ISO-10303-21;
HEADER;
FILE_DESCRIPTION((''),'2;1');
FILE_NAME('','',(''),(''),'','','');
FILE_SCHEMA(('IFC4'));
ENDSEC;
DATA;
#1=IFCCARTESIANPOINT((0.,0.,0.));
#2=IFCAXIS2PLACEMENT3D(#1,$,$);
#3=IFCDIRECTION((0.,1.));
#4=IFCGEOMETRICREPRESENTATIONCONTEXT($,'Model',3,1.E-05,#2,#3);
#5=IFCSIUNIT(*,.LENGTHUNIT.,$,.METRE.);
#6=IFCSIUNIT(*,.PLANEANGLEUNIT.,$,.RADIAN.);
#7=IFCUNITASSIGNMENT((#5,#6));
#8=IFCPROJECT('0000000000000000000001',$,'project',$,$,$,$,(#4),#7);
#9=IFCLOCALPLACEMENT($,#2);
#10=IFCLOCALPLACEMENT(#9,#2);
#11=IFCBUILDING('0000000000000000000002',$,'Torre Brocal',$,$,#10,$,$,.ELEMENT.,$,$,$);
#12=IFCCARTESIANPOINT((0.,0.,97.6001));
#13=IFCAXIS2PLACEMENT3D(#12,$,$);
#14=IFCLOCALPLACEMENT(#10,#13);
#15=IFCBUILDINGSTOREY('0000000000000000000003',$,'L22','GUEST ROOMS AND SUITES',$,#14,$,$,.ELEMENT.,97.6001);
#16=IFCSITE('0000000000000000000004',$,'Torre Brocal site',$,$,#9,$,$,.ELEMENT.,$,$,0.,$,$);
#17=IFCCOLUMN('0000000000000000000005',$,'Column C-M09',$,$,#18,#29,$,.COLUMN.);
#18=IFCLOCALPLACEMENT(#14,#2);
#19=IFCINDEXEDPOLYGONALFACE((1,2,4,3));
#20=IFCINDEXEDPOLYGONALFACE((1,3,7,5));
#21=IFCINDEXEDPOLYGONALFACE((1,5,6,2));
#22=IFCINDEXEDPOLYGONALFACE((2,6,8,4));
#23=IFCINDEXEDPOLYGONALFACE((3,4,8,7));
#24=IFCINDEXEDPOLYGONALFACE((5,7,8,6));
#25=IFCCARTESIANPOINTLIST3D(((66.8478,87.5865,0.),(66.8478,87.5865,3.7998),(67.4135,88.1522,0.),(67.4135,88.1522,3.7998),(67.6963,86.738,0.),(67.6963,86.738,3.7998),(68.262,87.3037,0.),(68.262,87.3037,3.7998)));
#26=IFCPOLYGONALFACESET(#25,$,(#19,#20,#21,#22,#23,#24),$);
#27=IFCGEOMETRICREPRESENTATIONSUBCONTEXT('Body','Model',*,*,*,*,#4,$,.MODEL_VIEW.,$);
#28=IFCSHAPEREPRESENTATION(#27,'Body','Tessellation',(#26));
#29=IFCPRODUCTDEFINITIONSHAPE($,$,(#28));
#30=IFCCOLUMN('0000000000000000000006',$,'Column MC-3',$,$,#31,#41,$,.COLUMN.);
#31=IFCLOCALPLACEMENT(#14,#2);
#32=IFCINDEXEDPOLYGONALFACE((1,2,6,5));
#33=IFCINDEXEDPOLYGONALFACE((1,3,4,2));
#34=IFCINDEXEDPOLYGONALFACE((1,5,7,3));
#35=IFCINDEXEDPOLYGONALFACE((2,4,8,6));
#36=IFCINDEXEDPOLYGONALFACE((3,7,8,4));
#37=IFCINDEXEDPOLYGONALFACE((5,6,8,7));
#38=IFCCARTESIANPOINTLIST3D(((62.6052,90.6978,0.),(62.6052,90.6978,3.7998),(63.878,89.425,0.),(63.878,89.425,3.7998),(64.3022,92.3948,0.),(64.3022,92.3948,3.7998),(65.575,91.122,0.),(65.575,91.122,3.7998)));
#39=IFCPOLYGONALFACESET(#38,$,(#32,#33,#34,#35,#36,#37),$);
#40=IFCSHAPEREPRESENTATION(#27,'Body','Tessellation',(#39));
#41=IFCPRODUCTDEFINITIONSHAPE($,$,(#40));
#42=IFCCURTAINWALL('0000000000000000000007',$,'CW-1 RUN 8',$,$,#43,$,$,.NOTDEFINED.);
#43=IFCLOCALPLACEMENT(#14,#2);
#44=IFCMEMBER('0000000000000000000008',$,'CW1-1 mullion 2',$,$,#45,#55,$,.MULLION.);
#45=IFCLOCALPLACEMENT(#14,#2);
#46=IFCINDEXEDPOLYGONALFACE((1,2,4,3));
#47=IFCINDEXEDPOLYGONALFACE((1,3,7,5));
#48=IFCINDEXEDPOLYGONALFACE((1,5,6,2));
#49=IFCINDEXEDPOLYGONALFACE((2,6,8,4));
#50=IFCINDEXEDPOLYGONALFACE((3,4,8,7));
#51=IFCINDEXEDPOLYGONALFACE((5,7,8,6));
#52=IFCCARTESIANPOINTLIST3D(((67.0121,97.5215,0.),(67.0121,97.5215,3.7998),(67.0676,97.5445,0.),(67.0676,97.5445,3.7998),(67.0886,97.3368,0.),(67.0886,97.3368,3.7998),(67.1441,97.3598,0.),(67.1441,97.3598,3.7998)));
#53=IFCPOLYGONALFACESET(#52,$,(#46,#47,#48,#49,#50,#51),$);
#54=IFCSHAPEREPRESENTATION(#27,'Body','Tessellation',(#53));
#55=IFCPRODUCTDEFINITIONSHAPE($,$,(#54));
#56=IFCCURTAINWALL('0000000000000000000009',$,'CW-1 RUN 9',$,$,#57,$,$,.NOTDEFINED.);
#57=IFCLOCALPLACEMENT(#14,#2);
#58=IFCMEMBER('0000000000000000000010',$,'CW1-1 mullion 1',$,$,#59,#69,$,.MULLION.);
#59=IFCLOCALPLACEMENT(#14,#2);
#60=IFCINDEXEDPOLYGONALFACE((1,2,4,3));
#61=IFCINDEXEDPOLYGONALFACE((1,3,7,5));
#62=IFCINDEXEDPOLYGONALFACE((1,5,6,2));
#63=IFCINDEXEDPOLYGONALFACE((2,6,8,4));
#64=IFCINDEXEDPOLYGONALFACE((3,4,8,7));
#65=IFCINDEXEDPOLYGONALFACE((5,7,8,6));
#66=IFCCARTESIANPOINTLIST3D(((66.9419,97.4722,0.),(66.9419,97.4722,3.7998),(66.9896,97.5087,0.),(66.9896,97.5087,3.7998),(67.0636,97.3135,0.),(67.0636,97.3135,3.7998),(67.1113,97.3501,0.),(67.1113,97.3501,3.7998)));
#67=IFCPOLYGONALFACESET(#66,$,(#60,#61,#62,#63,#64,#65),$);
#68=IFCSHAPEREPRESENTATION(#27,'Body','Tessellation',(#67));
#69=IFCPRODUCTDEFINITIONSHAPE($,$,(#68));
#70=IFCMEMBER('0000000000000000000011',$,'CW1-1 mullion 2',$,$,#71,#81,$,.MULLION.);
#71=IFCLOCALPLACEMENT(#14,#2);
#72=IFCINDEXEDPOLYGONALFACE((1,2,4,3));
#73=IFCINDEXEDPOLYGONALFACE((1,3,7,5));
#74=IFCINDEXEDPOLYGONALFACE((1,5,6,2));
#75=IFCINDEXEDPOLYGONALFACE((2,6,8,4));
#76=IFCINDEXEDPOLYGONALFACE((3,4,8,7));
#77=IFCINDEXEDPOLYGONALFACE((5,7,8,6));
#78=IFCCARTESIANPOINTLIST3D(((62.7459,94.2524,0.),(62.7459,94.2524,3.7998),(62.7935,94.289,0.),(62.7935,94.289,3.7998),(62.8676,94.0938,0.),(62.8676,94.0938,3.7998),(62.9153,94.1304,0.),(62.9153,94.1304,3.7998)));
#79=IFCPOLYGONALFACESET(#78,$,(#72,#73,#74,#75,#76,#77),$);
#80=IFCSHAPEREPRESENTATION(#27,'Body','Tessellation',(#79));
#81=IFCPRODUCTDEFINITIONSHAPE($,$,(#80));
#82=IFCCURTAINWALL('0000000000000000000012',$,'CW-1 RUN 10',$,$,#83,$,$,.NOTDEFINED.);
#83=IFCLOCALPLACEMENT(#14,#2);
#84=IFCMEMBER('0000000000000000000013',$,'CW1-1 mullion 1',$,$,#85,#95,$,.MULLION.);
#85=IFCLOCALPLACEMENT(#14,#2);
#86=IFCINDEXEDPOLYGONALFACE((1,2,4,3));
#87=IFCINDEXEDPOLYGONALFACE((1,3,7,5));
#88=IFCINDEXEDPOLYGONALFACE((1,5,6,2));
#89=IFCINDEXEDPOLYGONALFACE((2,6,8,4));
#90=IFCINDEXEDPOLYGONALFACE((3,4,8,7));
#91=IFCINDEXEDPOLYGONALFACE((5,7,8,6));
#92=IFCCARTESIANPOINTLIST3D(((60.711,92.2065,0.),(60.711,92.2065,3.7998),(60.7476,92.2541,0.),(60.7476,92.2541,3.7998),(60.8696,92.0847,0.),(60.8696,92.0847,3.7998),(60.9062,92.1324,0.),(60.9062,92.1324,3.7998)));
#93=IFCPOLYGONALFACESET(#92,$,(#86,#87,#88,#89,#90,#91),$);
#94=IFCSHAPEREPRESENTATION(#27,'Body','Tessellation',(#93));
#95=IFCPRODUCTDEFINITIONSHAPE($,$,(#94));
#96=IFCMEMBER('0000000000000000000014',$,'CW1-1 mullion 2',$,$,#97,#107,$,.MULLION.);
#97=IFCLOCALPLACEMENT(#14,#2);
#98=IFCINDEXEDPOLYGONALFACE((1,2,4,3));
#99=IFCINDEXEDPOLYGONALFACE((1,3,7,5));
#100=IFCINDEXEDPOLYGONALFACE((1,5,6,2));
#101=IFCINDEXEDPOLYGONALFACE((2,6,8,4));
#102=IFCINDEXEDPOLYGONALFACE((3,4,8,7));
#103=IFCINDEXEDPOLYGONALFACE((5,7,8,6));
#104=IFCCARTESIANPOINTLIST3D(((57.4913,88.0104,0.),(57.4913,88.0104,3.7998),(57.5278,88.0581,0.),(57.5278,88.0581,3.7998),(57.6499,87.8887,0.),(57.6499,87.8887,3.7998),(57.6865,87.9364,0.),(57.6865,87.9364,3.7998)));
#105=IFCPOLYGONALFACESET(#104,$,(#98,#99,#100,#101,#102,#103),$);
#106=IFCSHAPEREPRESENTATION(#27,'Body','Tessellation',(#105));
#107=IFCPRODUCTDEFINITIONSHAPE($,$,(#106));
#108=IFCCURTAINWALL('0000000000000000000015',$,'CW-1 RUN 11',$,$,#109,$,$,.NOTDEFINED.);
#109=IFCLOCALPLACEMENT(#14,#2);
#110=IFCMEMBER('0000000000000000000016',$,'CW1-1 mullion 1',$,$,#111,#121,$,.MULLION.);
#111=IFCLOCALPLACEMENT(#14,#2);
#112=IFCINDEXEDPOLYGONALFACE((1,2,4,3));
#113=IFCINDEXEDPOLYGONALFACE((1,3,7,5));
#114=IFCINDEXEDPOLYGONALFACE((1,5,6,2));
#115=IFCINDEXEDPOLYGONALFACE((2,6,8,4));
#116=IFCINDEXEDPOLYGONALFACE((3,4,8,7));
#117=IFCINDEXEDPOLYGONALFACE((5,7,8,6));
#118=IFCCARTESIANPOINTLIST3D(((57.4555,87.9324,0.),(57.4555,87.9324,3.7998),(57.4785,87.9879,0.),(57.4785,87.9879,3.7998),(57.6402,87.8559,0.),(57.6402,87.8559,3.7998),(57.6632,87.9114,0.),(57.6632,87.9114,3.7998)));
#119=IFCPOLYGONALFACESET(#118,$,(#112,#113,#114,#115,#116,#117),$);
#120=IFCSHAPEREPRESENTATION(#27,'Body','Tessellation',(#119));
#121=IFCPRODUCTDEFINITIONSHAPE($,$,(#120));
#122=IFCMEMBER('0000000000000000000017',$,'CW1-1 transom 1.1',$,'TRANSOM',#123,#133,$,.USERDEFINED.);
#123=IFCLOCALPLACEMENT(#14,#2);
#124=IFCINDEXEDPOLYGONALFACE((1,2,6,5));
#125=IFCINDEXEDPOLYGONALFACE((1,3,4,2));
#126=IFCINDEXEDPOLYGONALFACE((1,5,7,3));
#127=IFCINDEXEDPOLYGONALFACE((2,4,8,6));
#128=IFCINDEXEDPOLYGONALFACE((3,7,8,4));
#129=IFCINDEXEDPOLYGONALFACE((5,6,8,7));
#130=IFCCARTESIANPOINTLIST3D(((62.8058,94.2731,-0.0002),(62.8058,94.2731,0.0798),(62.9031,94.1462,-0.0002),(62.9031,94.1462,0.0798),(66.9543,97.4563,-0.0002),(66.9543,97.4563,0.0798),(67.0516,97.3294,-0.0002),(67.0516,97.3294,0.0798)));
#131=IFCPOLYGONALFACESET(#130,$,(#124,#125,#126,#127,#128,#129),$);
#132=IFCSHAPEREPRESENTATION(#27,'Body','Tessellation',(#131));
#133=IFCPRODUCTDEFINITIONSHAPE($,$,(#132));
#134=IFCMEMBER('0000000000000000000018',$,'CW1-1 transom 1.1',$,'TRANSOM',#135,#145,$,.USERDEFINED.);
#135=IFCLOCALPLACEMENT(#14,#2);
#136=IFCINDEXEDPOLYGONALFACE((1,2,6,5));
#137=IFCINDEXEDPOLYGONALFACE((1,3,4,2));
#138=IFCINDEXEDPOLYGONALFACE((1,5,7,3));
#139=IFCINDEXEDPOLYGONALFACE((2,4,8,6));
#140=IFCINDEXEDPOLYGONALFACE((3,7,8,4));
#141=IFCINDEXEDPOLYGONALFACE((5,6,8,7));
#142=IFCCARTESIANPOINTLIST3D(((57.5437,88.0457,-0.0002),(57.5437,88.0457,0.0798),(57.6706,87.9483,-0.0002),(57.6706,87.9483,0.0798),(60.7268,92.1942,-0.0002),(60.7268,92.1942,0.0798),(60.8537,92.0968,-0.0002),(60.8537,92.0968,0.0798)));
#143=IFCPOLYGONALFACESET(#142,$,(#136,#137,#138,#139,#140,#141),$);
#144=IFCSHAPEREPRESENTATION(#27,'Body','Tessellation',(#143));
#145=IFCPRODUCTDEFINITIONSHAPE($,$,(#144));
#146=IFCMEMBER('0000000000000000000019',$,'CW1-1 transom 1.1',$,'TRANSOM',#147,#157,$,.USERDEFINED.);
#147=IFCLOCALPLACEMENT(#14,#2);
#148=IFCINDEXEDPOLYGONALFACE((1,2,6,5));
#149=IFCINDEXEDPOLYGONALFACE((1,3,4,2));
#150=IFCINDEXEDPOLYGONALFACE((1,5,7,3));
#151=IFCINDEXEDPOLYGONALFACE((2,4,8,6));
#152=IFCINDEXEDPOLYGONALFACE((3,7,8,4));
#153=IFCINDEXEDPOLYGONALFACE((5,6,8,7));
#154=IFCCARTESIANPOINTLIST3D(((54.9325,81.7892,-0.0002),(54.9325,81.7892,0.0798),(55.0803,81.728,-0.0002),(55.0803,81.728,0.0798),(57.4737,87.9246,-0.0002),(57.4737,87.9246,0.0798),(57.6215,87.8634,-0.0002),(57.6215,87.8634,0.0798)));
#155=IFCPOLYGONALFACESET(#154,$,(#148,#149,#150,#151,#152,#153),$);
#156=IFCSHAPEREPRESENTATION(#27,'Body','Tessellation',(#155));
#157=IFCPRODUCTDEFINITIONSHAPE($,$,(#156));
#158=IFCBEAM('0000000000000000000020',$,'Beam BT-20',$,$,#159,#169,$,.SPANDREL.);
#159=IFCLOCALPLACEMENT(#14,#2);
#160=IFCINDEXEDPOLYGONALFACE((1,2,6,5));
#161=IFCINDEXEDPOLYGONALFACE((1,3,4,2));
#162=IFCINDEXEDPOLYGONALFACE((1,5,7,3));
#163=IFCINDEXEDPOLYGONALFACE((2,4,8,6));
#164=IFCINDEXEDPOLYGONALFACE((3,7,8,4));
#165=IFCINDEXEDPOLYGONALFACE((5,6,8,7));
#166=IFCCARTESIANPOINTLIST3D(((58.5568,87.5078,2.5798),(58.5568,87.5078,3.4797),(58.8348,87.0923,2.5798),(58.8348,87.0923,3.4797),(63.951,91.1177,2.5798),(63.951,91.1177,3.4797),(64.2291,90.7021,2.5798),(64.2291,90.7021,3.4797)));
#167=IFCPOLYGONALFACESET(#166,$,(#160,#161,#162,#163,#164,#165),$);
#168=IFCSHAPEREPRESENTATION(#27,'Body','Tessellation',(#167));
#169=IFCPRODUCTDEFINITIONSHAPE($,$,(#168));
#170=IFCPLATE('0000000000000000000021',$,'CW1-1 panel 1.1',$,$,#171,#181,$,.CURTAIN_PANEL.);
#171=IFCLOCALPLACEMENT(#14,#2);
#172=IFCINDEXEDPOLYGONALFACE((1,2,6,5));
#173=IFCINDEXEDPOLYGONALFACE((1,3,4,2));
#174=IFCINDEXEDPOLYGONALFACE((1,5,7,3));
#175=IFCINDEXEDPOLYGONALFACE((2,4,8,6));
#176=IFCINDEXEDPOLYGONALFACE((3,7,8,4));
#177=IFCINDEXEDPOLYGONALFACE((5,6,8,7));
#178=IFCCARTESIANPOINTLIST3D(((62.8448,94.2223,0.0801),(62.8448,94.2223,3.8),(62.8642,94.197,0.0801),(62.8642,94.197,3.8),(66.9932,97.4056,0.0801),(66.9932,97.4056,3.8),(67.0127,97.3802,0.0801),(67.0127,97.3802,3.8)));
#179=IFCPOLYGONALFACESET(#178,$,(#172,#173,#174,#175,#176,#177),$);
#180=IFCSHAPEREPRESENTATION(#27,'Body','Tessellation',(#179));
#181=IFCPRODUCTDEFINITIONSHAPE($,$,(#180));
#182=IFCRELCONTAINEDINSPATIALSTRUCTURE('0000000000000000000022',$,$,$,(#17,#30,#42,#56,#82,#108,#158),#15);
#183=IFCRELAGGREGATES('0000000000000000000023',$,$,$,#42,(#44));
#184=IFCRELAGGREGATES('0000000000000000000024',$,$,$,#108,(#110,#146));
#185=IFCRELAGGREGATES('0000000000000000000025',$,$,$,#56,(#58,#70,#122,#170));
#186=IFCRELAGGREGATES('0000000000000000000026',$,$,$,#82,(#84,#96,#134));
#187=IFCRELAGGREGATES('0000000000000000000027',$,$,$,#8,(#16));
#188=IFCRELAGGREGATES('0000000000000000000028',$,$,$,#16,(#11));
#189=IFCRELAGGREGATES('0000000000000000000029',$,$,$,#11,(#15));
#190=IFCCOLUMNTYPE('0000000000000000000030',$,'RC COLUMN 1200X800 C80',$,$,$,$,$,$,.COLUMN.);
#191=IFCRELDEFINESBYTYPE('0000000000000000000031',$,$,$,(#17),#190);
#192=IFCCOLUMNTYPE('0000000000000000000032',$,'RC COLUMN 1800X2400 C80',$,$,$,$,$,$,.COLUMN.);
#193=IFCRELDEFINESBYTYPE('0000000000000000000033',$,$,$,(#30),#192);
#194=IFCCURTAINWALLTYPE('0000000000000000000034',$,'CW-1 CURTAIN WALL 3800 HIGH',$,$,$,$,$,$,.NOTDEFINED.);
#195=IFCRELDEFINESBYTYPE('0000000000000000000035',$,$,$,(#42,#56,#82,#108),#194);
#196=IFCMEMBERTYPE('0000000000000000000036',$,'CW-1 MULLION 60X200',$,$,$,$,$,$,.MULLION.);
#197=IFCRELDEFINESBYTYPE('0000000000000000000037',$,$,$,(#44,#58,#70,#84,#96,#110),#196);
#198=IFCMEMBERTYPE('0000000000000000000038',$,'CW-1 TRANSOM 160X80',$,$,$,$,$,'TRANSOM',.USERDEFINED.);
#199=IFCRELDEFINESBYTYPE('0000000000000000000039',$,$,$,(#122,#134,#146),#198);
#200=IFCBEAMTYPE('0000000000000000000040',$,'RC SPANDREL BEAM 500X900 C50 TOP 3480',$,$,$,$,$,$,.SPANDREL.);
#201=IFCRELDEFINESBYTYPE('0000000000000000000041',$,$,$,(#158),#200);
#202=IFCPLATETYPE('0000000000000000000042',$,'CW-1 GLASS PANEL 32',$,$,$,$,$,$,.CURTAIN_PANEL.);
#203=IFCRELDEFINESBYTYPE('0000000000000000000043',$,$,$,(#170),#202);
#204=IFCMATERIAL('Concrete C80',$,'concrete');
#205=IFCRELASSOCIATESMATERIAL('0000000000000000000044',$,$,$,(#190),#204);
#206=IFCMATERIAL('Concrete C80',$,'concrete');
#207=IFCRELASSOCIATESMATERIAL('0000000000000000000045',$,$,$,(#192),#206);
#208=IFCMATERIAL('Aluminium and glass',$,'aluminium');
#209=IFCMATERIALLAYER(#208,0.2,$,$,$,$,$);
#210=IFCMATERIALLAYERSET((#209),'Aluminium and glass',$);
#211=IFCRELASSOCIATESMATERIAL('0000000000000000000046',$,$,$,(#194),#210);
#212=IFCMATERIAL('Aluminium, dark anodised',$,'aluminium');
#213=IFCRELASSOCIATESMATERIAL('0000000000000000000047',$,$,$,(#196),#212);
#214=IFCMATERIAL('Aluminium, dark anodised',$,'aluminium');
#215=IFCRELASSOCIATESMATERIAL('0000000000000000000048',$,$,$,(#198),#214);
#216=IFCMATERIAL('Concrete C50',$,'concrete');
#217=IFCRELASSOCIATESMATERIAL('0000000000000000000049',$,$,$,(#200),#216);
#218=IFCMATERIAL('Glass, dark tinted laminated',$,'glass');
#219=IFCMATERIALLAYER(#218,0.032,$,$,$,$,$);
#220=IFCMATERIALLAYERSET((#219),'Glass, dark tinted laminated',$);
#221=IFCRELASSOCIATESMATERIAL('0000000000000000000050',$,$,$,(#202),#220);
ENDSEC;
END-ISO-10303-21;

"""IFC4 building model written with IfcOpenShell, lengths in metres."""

from ifc_helpers import new_model, si_unit, direction, frame, origin, origin_2d, place, context, subcontext, project, spatial, rectangle, extrude, material, layer, layer_set, material_profile, profile_set, type_object, element, aggregate, save


model = new_model("IFC4")

# Units and contexts
model_context = context("Model", 3, precision=1e-05, world=origin(), true_north=direction((0.0, 1.0)))
body_context = subcontext(model_context, "Body", "Model", "MODEL_VIEW")
ifc_project = project(units=[si_unit("LENGTHUNIT", "METRE"), si_unit("PLANEANGLEUNIT", "RADIAN")], contexts=[model_context])

# Site, building, storey
site_placement = place(None, origin())
site = spatial("IfcSite", under=ifc_project, at=site_placement, Name="Torre Brocal site", CompositionType="ELEMENT", RefElevation=0.0)
building_placement = place(site_placement, origin())
building = spatial("IfcBuilding", under=site, at=building_placement, Name="Torre Brocal", CompositionType="ELEMENT")
storey_placement = place(building_placement, frame((0.0, 0.0, 97.6001)))
storey = spatial("IfcBuildingStorey", under=building, at=storey_placement, Name="L22", Description="GUEST ROOMS AND SUITES", CompositionType="ELEMENT", Elevation=97.6001)

# Columns
ifc_material_1 = material(Name="Concrete C80", Category="concrete")
ifc_material_profile_1 = material_profile(ifc_material_1, rectangle(XDim=1.2, YDim=0.8, at=origin_2d()), Name="RC 1200X800")
ifc_profile_set_1 = profile_set([ifc_material_profile_1], Name="Concrete C80")
column_type_1 = type_object("IfcColumnType", Name="RC COLUMN 1200X800 C80", PredefinedType="COLUMN", material=ifc_profile_set_1)
column_1_placement = place(storey_placement, frame((67.5549, 87.4451, 0.0), z_axis=(0.0, 0.0, 1.0), x_axis=(-0.707107, 0.707107, 0.0)))
element("IfcColumn", 1, at=column_1_placement, inside=storey, type_object=column_type_1, Name="Column C-M09", PredefinedType="COLUMN", context=body_context, shape_type="SweptSolid", body=[
    extrude(rectangle(XDim=1.2, YDim=0.8, at=origin_2d()), origin(), (0.0, 0.0, 1.0), 3.7998),
])
ifc_material_2 = material(Name="Concrete C80", Category="concrete")
ifc_material_profile_2 = material_profile(ifc_material_2, rectangle(XDim=1.8, YDim=2.3999, at=origin_2d()), Name="RC 1800X2400")
ifc_profile_set_2 = profile_set([ifc_material_profile_2], Name="Concrete C80")
column_type_2 = type_object("IfcColumnType", Name="RC COLUMN 1800X2400 C80", PredefinedType="COLUMN", material=ifc_profile_set_2)
column_2_placement = place(storey_placement, frame((64.0901, 90.9099, 0.0), z_axis=(0.0, 0.0, 1.0), x_axis=(-0.707107, 0.707107, 0.0)))
element("IfcColumn", 2, at=column_2_placement, inside=storey, type_object=column_type_2, Name="Column MC-3", PredefinedType="COLUMN", context=body_context, shape_type="SweptSolid", body=[
    extrude(rectangle(XDim=1.8, YDim=2.3999, at=origin_2d()), origin(), (0.0, 0.0, 1.0), 3.7998),
])

# Curtain wall, member
ifc_material_3 = material(Name="Aluminium and glass", Category="aluminium")
ifc_layer_1 = layer(ifc_material_3, 0.2)
ifc_layer_set_1 = layer_set([ifc_layer_1], Name="Aluminium and glass")
curtain_wall_type = type_object("IfcCurtainWallType", Name="CW-1 CURTAIN WALL 3800 HIGH", PredefinedType="NOTDEFINED", material=ifc_layer_set_1)
curtain_wall_1_placement = place(storey_placement, origin())
curtain_wall_1 = element("IfcCurtainWall", 3, at=curtain_wall_1_placement, inside=storey, type_object=curtain_wall_type, Name="CW-1 RUN 8", PredefinedType="NOTDEFINED")
ifc_material_4 = material(Name="Aluminium, dark anodised", Category="aluminium")
ifc_material_profile_3 = material_profile(ifc_material_4, rectangle(XDim=0.2, YDim=0.0601, at=origin_2d()), Name="CW-1 MULLION 60X200")
ifc_profile_set_3 = profile_set([ifc_material_profile_3], Name="Aluminium, dark anodised")
member_type_1 = type_object("IfcMemberType", Name="CW-1 MULLION 60X200", PredefinedType="MULLION", material=ifc_profile_set_3)
member_1_placement = place(storey_placement, frame((67.0781, 97.4407, 0.0), z_axis=(0.0, 0.0, 1.0), x_axis=(0.382683, -0.92388, 0.0)))
member_1 = element("IfcMember", 4, at=member_1_placement, type_object=member_type_1, Name="CW1-1 mullion 2", PredefinedType="MULLION", context=body_context, shape_type="SweptSolid", body=[
    extrude(rectangle(XDim=0.2, YDim=0.0601, at=origin_2d()), origin(), (0.0, 0.0, 1.0), 3.7998),
])
aggregate(curtain_wall_1, [member_1])

# Curtain walls, members
curtain_wall_2_placement = place(storey_placement, origin())
curtain_wall_2 = element("IfcCurtainWall", 5, at=curtain_wall_2_placement, inside=storey, type_object=curtain_wall_type, Name="CW-1 RUN 9", PredefinedType="NOTDEFINED")
member_2_placement = place(storey_placement, frame((67.0266, 97.4111, 0.0), z_axis=(0.0, 0.0, 1.0), x_axis=(0.608761, -0.793353, 0.0)))
member_2 = element("IfcMember", 6, at=member_2_placement, type_object=member_type_1, Name="CW1-1 mullion 1", PredefinedType="MULLION", context=body_context, shape_type="SweptSolid", body=[
    extrude(rectangle(XDim=0.2, YDim=0.0601, at=origin_2d()), origin(), (0.0, 0.0, 1.0), 3.7998),
])
member_3_placement = place(storey_placement, frame((62.8306, 94.1914, 0.0), z_axis=(0.0, 0.0, 1.0), x_axis=(0.608761, -0.793353, 0.0)))
member_3 = element("IfcMember", 7, at=member_3_placement, type_object=member_type_1, Name="CW1-1 mullion 2", PredefinedType="MULLION", context=body_context, shape_type="SweptSolid", body=[
    extrude(rectangle(XDim=0.2, YDim=0.0601, at=origin_2d()), origin(), (0.0, 0.0, 1.0), 3.7998),
])
curtain_wall_3_placement = place(storey_placement, origin())
curtain_wall_3 = element("IfcCurtainWall", 8, at=curtain_wall_3_placement, inside=storey, type_object=curtain_wall_type, Name="CW-1 RUN 10", PredefinedType="NOTDEFINED")
member_4_placement = place(storey_placement, frame((60.8086, 92.1694, 0.0), z_axis=(0.0, 0.0, 1.0), x_axis=(0.793353, -0.608761, 0.0)))
member_4 = element("IfcMember", 9, at=member_4_placement, type_object=member_type_1, Name="CW1-1 mullion 1", PredefinedType="MULLION", context=body_context, shape_type="SweptSolid", body=[
    extrude(rectangle(XDim=0.2, YDim=0.0601, at=origin_2d()), origin(), (0.0, 0.0, 1.0), 3.7998),
])
member_5_placement = place(storey_placement, frame((57.5889, 87.9734, 0.0), z_axis=(0.0, 0.0, 1.0), x_axis=(0.793353, -0.608761, 0.0)))
member_5 = element("IfcMember", 10, at=member_5_placement, type_object=member_type_1, Name="CW1-1 mullion 2", PredefinedType="MULLION", context=body_context, shape_type="SweptSolid", body=[
    extrude(rectangle(XDim=0.2, YDim=0.0601, at=origin_2d()), origin(), (0.0, 0.0, 1.0), 3.7998),
])

# Curtain wall, member
curtain_wall_4_placement = place(storey_placement, origin())
curtain_wall_4 = element("IfcCurtainWall", 11, at=curtain_wall_4_placement, inside=storey, type_object=curtain_wall_type, Name="CW-1 RUN 11", PredefinedType="NOTDEFINED")
member_6_placement = place(storey_placement, frame((57.5593, 87.9219, 0.0), z_axis=(0.0, 0.0, 1.0), x_axis=(0.92388, -0.382683, 0.0)))
member_6 = element("IfcMember", 12, at=member_6_placement, type_object=member_type_1, Name="CW1-1 mullion 1", PredefinedType="MULLION", context=body_context, shape_type="SweptSolid", body=[
    extrude(rectangle(XDim=0.2, YDim=0.0601, at=origin_2d()), origin(), (0.0, 0.0, 1.0), 3.7998),
])

# Members
ifc_material_5 = material(Name="Aluminium, dark anodised", Category="aluminium")
ifc_material_profile_4 = material_profile(ifc_material_5, rectangle(XDim=0.1599, YDim=0.0801, at=origin_2d()), Name="CW-1 TRANSOM 160X80")
ifc_profile_set_4 = profile_set([ifc_material_profile_4], Name="Aluminium, dark anodised")
member_type_2 = type_object("IfcMemberType", Name="CW-1 TRANSOM 160X80", ElementType="TRANSOM", PredefinedType="USERDEFINED", material=ifc_profile_set_4)
member_7_placement = place(storey_placement, frame((67.0029, 97.3928, 0.0398), z_axis=(-0.793363, -0.608749, 0.0), x_axis=(0.608749, -0.793363, 0.0)))
member_7 = element("IfcMember", 13, at=member_7_placement, type_object=member_type_2, Name="CW1-1 transom 1.1", ObjectType="TRANSOM", PredefinedType="USERDEFINED", context=body_context, shape_type="SweptSolid", body=[
    extrude(rectangle(XDim=0.1599, YDim=0.0801, at=origin_2d()), origin(), (0.0, 0.0, 1.0), 5.229),
])
member_8_placement = place(storey_placement, frame((60.7903, 92.1455, 0.0398), z_axis=(-0.608749, -0.793363, 0.0), x_axis=(0.793363, -0.608749, 0.0)))
member_8 = element("IfcMember", 14, at=member_8_placement, type_object=member_type_2, Name="CW1-1 transom 1.1", ObjectType="TRANSOM", PredefinedType="USERDEFINED", context=body_context, shape_type="SweptSolid", body=[
    extrude(rectangle(XDim=0.1599, YDim=0.0801, at=origin_2d()), origin(), (0.0, 0.0, 1.0), 5.229),
])
member_9_placement = place(storey_placement, frame((57.5476, 87.894, 0.0398), z_axis=(-0.382665, -0.923887, 0.0), x_axis=(0.923887, -0.382665, 0.0)))
member_9 = element("IfcMember", 15, at=member_9_placement, type_object=member_type_2, Name="CW1-1 transom 1.1", ObjectType="TRANSOM", PredefinedType="USERDEFINED", context=body_context, shape_type="SweptSolid", body=[
    extrude(rectangle(XDim=0.1599, YDim=0.0801, at=origin_2d()), origin(), (0.0, 0.0, 1.0), 6.6409),
])
aggregate(curtain_wall_4, [member_6, member_9])

# Beam
ifc_material_6 = material(Name="Concrete C50", Category="concrete")
ifc_material_profile_5 = material_profile(ifc_material_6, rectangle(XDim=0.5, YDim=0.8999, at=origin_2d()), Name="RC 500X900")
ifc_profile_set_5 = profile_set([ifc_material_profile_5], Name="Concrete C50")
beam_type = type_object("IfcBeamType", Name="RC SPANDREL BEAM 500X900 C50 TOP 3480", PredefinedType="SPANDREL", material=ifc_profile_set_5)
beam_placement = place(storey_placement, frame((64.0901, 90.9099, 3.0298), z_axis=(-0.831077, -0.556158, 0.0), x_axis=(0.556158, -0.831077, 0.0)))
element("IfcBeam", 16, at=beam_placement, inside=storey, type_object=beam_type, Name="Beam BT-20", PredefinedType="SPANDREL", context=body_context, shape_type="SweptSolid", body=[
    extrude(rectangle(XDim=0.5, YDim=0.8999, at=origin_2d()), origin(), (0.0, 0.0, 1.0), 6.4907),
])

# Plate
ifc_material_7 = material(Name="Glass, dark tinted laminated", Category="glass")
ifc_layer_2 = layer(ifc_material_7, 0.032)
ifc_layer_set_2 = layer_set([ifc_layer_2], Name="Glass, dark tinted laminated")
plate_type = type_object("IfcPlateType", Name="CW-1 GLASS PANEL 32", PredefinedType="CURTAIN_PANEL", material=ifc_layer_set_2)
plate_1_placement = place(storey_placement, frame((64.9287, 95.8013, 0.0801), z_axis=(0.0, 0.0, 1.0), x_axis=(-0.793353, -0.608761, 0.0)))
plate_1 = element("IfcPlate", 17, at=plate_1_placement, type_object=plate_type, Name="CW1-1 panel 1.1", PredefinedType="CURTAIN_PANEL", context=body_context, shape_type="SweptSolid", body=[
    extrude(rectangle(XDim=5.229, YDim=0.032, at=origin_2d()), origin(), (0.0, 0.0, 1.0), 3.72),
])
aggregate(curtain_wall_2, [member_2, member_3, member_7, plate_1])
aggregate(curtain_wall_3, [member_4, member_5, member_8])

save(model, "model.ifc")
